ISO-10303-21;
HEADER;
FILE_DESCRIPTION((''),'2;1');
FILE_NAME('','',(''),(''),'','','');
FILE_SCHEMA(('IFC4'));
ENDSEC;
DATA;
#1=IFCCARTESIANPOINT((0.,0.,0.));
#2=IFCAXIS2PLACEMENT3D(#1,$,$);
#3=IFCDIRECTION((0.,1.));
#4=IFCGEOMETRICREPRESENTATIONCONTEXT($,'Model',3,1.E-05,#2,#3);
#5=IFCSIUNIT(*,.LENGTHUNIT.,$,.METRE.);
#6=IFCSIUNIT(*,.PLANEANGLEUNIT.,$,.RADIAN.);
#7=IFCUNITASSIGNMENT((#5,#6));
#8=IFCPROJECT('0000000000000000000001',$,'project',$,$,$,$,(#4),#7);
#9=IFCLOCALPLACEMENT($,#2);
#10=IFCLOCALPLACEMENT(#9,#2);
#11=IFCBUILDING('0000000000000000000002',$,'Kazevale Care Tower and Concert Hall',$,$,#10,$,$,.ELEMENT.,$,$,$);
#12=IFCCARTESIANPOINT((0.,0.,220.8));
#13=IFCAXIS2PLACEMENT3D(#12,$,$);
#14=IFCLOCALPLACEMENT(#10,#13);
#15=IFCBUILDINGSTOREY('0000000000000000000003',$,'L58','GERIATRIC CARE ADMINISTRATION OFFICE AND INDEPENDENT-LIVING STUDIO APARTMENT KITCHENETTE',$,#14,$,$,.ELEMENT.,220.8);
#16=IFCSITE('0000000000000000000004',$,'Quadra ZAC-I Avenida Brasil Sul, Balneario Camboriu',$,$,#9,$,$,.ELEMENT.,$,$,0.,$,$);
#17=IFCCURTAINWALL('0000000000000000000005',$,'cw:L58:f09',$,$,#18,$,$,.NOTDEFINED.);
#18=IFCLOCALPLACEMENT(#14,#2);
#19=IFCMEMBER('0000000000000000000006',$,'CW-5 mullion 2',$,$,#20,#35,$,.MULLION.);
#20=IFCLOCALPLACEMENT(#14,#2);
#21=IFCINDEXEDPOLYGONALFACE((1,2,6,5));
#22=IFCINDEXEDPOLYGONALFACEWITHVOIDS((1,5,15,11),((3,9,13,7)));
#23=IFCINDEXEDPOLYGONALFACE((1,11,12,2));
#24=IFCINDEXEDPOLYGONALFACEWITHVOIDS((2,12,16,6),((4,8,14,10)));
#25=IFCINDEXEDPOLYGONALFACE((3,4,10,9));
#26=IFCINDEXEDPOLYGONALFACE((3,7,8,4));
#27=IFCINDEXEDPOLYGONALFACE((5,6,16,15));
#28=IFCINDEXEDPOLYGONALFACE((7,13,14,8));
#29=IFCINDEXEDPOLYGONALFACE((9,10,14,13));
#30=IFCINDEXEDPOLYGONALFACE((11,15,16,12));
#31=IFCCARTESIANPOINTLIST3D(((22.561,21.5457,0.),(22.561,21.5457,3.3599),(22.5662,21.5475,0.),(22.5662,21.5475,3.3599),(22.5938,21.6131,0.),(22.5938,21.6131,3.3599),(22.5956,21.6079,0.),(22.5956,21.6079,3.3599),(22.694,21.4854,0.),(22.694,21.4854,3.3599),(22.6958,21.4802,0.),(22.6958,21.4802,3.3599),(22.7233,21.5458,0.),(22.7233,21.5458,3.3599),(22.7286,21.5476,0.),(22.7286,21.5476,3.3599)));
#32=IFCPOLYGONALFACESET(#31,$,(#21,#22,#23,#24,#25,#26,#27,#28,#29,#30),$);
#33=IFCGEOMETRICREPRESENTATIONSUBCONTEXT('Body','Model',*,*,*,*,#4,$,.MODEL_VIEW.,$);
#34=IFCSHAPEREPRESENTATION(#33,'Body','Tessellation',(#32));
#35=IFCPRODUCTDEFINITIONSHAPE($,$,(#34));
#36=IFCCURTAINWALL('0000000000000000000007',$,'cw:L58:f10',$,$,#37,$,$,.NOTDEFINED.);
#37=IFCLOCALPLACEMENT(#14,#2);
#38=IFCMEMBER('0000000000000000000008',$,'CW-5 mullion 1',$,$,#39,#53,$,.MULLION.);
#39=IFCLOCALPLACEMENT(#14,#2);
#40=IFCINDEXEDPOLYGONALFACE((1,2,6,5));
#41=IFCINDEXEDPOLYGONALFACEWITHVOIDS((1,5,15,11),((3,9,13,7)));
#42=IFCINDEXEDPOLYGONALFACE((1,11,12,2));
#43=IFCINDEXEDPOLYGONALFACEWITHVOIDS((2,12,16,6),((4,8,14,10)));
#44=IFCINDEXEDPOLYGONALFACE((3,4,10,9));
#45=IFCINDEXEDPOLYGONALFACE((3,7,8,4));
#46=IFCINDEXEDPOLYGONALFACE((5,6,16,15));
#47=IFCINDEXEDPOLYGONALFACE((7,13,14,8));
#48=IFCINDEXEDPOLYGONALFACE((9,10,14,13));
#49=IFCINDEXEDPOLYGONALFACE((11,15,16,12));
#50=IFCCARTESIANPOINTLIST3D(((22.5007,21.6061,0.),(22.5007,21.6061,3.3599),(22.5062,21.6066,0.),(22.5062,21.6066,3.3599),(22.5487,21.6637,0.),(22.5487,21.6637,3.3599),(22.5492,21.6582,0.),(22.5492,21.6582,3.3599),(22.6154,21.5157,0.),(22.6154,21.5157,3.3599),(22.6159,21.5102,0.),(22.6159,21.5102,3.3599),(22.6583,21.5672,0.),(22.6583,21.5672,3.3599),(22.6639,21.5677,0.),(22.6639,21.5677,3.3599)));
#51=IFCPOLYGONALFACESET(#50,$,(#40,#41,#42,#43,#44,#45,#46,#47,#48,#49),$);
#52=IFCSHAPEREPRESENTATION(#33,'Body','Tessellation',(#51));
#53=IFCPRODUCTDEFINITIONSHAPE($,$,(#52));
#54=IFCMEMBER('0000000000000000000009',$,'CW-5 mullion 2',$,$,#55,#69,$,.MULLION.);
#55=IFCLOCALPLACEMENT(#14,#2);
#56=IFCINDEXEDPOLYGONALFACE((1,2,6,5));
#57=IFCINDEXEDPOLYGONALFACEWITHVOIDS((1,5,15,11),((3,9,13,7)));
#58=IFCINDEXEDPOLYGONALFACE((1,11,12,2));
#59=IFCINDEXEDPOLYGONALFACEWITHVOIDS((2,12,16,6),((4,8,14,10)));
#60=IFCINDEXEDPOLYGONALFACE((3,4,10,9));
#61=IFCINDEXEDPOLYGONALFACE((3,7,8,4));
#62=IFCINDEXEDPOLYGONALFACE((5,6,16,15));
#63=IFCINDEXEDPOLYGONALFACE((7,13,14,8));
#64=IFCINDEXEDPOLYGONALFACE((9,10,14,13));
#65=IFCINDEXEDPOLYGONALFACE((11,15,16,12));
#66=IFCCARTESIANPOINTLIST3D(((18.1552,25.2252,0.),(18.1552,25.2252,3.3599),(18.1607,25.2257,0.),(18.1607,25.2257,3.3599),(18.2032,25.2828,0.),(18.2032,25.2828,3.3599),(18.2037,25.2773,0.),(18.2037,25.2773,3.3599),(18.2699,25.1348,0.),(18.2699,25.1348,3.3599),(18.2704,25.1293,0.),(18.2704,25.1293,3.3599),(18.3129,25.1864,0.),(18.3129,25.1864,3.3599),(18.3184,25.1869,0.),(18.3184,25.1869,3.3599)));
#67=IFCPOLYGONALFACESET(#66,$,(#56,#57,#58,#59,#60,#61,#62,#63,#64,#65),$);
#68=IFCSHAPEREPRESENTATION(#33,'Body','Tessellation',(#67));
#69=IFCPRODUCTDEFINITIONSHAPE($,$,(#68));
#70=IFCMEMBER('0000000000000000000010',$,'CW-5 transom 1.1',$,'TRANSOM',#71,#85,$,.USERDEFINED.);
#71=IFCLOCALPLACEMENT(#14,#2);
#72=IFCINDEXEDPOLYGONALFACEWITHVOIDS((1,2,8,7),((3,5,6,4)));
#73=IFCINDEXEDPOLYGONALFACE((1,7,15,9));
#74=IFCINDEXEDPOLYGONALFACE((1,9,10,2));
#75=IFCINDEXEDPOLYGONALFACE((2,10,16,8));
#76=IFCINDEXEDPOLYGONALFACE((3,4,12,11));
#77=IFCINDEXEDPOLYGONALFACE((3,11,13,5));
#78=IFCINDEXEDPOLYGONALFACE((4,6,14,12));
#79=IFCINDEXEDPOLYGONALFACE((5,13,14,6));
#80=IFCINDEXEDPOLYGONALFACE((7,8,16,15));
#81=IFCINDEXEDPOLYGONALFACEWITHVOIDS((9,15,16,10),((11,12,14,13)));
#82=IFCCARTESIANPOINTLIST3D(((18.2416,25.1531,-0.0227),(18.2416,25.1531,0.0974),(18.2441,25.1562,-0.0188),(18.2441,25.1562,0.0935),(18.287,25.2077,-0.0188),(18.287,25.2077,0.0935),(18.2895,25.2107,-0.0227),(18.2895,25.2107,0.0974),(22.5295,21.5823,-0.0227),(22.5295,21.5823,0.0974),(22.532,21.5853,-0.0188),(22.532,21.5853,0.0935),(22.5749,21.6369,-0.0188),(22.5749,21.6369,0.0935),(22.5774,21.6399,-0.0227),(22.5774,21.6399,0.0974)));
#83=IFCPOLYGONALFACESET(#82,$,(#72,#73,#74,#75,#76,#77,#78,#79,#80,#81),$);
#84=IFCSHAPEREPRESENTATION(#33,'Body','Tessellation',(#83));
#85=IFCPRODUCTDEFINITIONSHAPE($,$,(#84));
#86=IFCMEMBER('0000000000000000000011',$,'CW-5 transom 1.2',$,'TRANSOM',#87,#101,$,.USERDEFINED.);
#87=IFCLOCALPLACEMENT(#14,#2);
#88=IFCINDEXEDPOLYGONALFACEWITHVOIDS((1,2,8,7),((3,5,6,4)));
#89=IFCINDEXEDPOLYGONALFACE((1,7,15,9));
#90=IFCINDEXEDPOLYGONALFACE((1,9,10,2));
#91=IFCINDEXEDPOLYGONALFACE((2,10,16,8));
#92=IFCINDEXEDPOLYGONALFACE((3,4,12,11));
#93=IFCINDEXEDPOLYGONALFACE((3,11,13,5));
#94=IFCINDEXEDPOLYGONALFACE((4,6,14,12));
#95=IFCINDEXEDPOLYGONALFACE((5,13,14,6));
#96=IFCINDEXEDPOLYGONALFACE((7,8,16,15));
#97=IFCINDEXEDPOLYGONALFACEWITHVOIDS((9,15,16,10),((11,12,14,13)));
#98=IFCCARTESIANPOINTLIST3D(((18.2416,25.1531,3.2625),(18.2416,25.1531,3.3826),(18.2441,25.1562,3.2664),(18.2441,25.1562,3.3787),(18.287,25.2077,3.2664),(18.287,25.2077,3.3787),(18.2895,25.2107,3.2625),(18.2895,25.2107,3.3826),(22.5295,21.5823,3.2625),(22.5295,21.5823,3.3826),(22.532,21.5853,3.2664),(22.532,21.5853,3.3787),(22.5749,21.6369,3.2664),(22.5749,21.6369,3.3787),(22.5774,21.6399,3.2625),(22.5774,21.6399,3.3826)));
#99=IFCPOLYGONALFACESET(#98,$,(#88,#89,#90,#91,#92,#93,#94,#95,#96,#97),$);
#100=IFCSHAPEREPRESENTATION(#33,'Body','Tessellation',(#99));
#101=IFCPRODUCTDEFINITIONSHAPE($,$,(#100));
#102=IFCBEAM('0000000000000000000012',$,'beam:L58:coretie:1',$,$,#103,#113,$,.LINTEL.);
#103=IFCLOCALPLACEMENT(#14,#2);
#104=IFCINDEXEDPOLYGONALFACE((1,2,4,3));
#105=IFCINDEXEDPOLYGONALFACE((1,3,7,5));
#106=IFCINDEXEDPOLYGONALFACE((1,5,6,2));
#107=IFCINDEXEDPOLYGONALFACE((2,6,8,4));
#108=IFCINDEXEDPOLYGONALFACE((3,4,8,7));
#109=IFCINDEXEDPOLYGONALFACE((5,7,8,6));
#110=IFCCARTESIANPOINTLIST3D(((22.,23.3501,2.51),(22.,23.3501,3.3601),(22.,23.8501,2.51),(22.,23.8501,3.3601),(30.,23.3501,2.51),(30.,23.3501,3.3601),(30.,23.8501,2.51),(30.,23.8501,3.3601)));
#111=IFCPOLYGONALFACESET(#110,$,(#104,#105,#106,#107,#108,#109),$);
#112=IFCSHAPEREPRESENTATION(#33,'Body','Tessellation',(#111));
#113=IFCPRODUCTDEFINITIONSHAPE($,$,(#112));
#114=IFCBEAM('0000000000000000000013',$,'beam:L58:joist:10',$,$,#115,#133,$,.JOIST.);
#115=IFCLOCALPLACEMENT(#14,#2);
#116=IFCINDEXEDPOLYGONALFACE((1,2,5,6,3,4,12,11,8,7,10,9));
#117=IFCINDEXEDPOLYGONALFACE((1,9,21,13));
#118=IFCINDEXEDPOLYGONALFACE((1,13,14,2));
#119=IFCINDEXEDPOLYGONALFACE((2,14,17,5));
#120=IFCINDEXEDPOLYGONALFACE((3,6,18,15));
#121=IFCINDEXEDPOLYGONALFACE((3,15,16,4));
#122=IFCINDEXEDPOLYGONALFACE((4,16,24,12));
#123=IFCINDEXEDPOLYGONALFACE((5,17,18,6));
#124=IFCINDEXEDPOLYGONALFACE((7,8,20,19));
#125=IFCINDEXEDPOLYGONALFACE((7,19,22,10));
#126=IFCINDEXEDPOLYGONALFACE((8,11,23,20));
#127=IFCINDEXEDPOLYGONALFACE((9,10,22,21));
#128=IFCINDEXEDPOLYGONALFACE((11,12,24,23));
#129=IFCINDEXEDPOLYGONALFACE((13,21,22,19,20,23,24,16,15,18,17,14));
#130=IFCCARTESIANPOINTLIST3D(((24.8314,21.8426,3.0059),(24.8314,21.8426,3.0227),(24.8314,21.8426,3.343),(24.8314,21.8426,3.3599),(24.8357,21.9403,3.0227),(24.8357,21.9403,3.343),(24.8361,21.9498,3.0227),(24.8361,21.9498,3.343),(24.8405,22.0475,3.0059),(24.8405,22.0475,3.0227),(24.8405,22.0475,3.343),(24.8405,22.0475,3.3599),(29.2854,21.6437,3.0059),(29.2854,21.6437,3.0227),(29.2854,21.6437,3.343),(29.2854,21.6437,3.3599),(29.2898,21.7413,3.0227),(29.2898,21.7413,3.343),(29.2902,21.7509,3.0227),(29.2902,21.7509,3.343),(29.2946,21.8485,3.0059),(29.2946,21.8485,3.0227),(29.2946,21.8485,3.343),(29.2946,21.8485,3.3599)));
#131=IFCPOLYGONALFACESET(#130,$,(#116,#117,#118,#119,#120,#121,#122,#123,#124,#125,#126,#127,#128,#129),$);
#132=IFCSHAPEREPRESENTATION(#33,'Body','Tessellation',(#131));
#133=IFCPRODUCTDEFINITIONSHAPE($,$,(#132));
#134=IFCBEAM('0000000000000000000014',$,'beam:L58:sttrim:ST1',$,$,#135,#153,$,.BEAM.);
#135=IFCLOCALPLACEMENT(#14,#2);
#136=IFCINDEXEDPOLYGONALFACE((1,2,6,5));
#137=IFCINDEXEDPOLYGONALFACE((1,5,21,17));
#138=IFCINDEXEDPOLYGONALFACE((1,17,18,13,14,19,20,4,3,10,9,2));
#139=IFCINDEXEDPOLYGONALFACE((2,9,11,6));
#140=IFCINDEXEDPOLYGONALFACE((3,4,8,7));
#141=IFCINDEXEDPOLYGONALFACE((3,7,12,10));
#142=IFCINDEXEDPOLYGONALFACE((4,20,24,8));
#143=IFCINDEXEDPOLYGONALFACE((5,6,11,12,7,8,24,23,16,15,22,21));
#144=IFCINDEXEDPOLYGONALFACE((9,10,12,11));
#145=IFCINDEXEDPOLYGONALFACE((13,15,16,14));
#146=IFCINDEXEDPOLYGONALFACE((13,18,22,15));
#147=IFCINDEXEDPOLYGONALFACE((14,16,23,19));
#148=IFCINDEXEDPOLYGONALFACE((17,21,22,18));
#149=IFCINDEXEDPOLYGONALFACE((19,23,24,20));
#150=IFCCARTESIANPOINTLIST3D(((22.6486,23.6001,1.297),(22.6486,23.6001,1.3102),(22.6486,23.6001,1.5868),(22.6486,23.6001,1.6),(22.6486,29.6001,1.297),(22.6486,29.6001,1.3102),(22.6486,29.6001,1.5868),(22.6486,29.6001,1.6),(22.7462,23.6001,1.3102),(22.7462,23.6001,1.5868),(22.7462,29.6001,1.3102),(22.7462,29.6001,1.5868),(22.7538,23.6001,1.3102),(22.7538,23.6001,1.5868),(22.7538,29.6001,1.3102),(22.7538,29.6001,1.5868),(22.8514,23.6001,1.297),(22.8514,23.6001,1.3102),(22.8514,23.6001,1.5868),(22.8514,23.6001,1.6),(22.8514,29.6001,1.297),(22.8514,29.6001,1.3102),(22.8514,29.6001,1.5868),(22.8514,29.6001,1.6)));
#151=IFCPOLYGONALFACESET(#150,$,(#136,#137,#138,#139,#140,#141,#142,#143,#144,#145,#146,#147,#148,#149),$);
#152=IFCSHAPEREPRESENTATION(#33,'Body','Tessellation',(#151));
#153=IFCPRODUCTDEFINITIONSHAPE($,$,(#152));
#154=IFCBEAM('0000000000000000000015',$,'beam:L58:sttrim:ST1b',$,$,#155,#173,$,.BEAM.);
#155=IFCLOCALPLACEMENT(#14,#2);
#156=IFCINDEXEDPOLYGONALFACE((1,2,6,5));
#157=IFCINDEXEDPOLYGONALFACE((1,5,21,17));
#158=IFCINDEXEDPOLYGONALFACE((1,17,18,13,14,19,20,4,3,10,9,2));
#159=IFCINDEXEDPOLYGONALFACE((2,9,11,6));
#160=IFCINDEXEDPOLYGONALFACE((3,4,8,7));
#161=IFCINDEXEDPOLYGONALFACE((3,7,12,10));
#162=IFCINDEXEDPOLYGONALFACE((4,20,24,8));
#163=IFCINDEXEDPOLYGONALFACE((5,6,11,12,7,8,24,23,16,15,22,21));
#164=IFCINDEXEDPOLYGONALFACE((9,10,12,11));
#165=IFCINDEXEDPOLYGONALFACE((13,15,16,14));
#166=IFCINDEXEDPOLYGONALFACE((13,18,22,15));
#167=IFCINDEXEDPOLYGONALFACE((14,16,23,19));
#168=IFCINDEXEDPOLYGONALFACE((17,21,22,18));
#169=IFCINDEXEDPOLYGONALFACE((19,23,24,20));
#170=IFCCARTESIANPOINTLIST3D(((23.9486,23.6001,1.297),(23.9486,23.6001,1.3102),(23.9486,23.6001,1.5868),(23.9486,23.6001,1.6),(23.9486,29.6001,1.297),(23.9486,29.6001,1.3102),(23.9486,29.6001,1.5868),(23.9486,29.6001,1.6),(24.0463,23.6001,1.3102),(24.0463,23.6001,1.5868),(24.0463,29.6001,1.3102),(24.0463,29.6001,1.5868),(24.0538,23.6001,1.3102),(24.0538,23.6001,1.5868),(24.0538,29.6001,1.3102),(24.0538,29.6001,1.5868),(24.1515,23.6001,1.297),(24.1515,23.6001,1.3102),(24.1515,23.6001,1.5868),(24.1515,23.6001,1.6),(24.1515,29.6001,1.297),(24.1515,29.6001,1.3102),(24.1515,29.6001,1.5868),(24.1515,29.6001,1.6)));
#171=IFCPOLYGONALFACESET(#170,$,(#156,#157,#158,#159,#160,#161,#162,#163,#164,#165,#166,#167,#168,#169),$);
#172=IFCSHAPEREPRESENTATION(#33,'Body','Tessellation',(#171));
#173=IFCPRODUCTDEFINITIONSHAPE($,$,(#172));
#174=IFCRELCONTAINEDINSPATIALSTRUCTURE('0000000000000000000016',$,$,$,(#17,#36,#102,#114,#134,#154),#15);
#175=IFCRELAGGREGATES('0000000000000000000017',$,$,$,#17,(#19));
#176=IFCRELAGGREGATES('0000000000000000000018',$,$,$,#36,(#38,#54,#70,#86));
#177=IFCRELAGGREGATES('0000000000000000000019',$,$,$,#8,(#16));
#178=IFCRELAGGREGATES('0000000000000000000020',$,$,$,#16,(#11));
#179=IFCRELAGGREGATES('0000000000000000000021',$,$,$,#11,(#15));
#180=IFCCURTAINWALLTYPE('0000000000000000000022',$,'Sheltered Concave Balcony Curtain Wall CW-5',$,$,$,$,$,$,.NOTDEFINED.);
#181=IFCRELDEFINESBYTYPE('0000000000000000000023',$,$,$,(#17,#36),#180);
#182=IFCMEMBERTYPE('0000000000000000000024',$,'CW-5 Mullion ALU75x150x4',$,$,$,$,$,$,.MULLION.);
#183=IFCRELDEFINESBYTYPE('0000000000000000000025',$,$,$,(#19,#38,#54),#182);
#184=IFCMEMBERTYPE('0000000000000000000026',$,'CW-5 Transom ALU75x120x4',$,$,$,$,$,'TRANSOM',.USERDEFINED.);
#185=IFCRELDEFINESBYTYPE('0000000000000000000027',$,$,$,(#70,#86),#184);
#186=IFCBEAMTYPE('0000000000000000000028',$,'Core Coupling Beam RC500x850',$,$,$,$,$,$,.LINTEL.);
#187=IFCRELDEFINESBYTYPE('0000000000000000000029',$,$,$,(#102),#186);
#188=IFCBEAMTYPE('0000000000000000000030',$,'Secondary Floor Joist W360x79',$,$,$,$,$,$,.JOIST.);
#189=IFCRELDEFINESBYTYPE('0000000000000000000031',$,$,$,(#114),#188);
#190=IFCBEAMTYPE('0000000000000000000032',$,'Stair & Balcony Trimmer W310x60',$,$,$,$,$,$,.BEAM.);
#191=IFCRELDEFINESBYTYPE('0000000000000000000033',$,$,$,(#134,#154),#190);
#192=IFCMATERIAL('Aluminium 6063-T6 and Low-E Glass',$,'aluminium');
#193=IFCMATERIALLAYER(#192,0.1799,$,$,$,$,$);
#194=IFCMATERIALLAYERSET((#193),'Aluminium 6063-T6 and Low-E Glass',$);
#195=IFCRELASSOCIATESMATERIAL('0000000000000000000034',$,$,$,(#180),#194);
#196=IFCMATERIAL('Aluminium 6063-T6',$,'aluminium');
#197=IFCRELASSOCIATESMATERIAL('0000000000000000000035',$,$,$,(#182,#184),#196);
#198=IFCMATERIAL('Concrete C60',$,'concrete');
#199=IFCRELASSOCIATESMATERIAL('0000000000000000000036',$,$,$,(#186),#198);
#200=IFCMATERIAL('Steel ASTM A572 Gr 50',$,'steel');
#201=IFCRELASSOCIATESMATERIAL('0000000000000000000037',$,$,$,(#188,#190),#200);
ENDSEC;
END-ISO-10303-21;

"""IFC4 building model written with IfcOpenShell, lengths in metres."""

from ifc_helpers import new_model, si_unit, direction, frame, origin, origin_2d, place, context, subcontext, project, spatial, rectangle, hollow_rectangle, i_section, extrude, material, layer, layer_set, material_profile, profile_set, type_object, element, aggregate, save


model = new_model("IFC4")

# Units and contexts
model_context = context("Model", 3, precision=1e-05, world=origin(), true_north=direction((0.0, 1.0)))
body_context = subcontext(model_context, "Body", "Model", "MODEL_VIEW")
ifc_project = project(units=[si_unit("LENGTHUNIT", "METRE"), si_unit("PLANEANGLEUNIT", "RADIAN")], contexts=[model_context])

# Site, building, storey
site_placement = place(None, origin())
site = spatial("IfcSite", under=ifc_project, at=site_placement, Name="Quadra ZAC-I Avenida Brasil Sul, Balneario Camboriu", CompositionType="ELEMENT", RefElevation=0.0)
building_placement = place(site_placement, origin())
building = spatial("IfcBuilding", under=site, at=building_placement, Name="Kazevale Care Tower and Concert Hall", CompositionType="ELEMENT")
storey_placement = place(building_placement, frame((0.0, 0.0, 220.8)))
storey = spatial("IfcBuildingStorey", under=building, at=storey_placement, Name="L58", Description="GERIATRIC CARE ADMINISTRATION OFFICE AND INDEPENDENT-LIVING STUDIO APARTMENT KITCHENETTE", CompositionType="ELEMENT", Elevation=220.8)

# Shared definitions
ifc_material_1 = material(Name="Aluminium 6063-T6 and Low-E Glass", Category="aluminium")
ifc_material_2 = material(Name="Aluminium 6063-T6", Category="aluminium")

# Curtain wall, member
ifc_layer_1 = layer(ifc_material_1, 0.1799)
ifc_layer_set_1 = layer_set([ifc_layer_1], Name="Aluminium 6063-T6 and Low-E Glass")
curtain_wall_type_1 = type_object("IfcCurtainWallType", Name="Sheltered Concave Balcony Curtain Wall CW-5", PredefinedType="NOTDEFINED", material=ifc_layer_set_1)
curtain_wall_1_placement = place(storey_placement, origin())
curtain_wall_1 = element("IfcCurtainWall", 1, at=curtain_wall_1_placement, inside=storey, type_object=curtain_wall_type_1, Name="cw:L58:f09", PredefinedType="NOTDEFINED")
ifc_material_profile_1 = material_profile(ifc_material_2, hollow_rectangle(XDim=0.075, YDim=0.1499, WallThickness=0.0039, at=origin_2d()), Name="ALU75x150x4")
ifc_profile_set_1 = profile_set([ifc_material_profile_1], Name="Aluminium 6063-T6")
member_type_1 = type_object("IfcMemberType", Name="CW-5 Mullion ALU75x150x4", PredefinedType="MULLION", material=ifc_profile_set_1)
member_1_placement = place(storey_placement, frame((22.6448, 21.5466, 0.0), z_axis=(0.0, 0.0, 1.0), x_axis=(-0.437238, -0.899346, 0.0)))
member_1 = element("IfcMember", 2, at=member_1_placement, type_object=member_type_1, Name="CW-5 mullion 2", PredefinedType="MULLION", context=body_context, shape_type="SweptSolid", body=[
    extrude(hollow_rectangle(XDim=0.075, YDim=0.1499, WallThickness=0.0039, at=origin_2d()), origin(), (0.0, 0.0, 1.0), 3.3599),
])
aggregate(curtain_wall_1, [member_1])

# Curtain wall, members
curtain_wall_2_placement = place(storey_placement, origin())
curtain_wall_2 = element("IfcCurtainWall", 3, at=curtain_wall_2_placement, inside=storey, type_object=curtain_wall_type_1, Name="cw:L58:f10", PredefinedType="NOTDEFINED")
member_2_placement = place(storey_placement, frame((22.5823, 21.5869, 0.0), z_axis=(0.0, 0.0, 1.0), x_axis=(-0.639961, -0.768407, 0.0)))
member_2 = element("IfcMember", 4, at=member_2_placement, type_object=member_type_1, Name="CW-5 mullion 1", PredefinedType="MULLION", context=body_context, shape_type="SweptSolid", body=[
    extrude(hollow_rectangle(XDim=0.075, YDim=0.1499, WallThickness=0.0039, at=origin_2d()), origin(), (0.0, 0.0, 1.0), 3.3599),
])
member_3_placement = place(storey_placement, frame((18.2368, 25.2061, 0.0), z_axis=(0.0, 0.0, 1.0), x_axis=(-0.639961, -0.768407, 0.0)))
member_3 = element("IfcMember", 5, at=member_3_placement, type_object=member_type_1, Name="CW-5 mullion 2", PredefinedType="MULLION", context=body_context, shape_type="SweptSolid", body=[
    extrude(hollow_rectangle(XDim=0.075, YDim=0.1499, WallThickness=0.0039, at=origin_2d()), origin(), (0.0, 0.0, 1.0), 3.3599),
])
ifc_material_profile_2 = material_profile(ifc_material_2, hollow_rectangle(XDim=0.075, YDim=0.1201, WallThickness=0.0039, at=origin_2d()), Name="ALU75x120x4")
ifc_profile_set_2 = profile_set([ifc_material_profile_2], Name="Aluminium 6063-T6")
member_type_2 = type_object("IfcMemberType", Name="CW-5 Transom ALU75x120x4", ElementType="TRANSOM", PredefinedType="USERDEFINED", material=ifc_profile_set_2)
member_4_placement = place(storey_placement, frame((22.5535, 21.6111, 0.0374), z_axis=(-0.768433, 0.63993, 0.0), x_axis=(-0.63993, -0.768433, 0.0)))
member_4 = element("IfcMember", 6, at=member_4_placement, type_object=member_type_2, Name="CW-5 transom 1.1", ObjectType="TRANSOM", PredefinedType="USERDEFINED", context=body_context, shape_type="SweptSolid", body=[
    extrude(hollow_rectangle(XDim=0.075, YDim=0.1201, WallThickness=0.0039, at=origin_2d()), origin(), (0.0, 0.0, 1.0), 5.5801),
])
member_5_placement = place(storey_placement, frame((22.5535, 21.6111, 3.3225), z_axis=(-0.768433, 0.63993, 0.0), x_axis=(-0.63993, -0.768433, 0.0)))
member_5 = element("IfcMember", 7, at=member_5_placement, type_object=member_type_2, Name="CW-5 transom 1.2", ObjectType="TRANSOM", PredefinedType="USERDEFINED", context=body_context, shape_type="SweptSolid", body=[
    extrude(hollow_rectangle(XDim=0.075, YDim=0.1201, WallThickness=0.0039, at=origin_2d()), origin(), (0.0, 0.0, 1.0), 5.5801),
])

# Beams
ifc_material_3 = material(Name="Concrete C60", Category="concrete")
ifc_material_profile_3 = material_profile(ifc_material_3, rectangle(XDim=0.5, YDim=0.8501, at=origin_2d()), Name="RC-B500x850")
ifc_profile_set_3 = profile_set([ifc_material_profile_3], Name="Concrete C60")
beam_type_1 = type_object("IfcBeamType", Name="Core Coupling Beam RC500x850", PredefinedType="LINTEL", material=ifc_profile_set_3)
beam_1_placement = place(storey_placement, frame((22.0, 23.6001, 2.9351), z_axis=(1.0, 0.0, 0.0), x_axis=(0.0, 1.0, 0.0)))
element("IfcBeam", 8, at=beam_1_placement, inside=storey, type_object=beam_type_1, Name="beam:L58:coretie:1", PredefinedType="LINTEL", context=body_context, shape_type="SweptSolid", body=[
    extrude(rectangle(XDim=0.5, YDim=0.8501, at=origin_2d()), origin(), (0.0, 0.0, 1.0), 8.0),
])
ifc_material_4 = material(Name="Steel ASTM A572 Gr 50", Category="steel")
ifc_material_profile_4 = material_profile(ifc_material_4, i_section(OverallWidth=0.2051, OverallDepth=0.354, WebThickness=0.0095, FlangeThickness=0.0168, at=origin_2d()), Name="W360x79")
ifc_profile_set_4 = profile_set([ifc_material_profile_4], Name="Steel ASTM A572 Gr 50")
beam_type_2 = type_object("IfcBeamType", Name="Secondary Floor Joist W360x79", PredefinedType="JOIST", material=ifc_profile_set_4)
beam_2_placement = place(storey_placement, frame((24.8359, 21.9451, 3.1829), z_axis=(0.999004, -0.044628, 0.0), x_axis=(0.044628, 0.999004, 0.0)))
element("IfcBeam", 9, at=beam_2_placement, inside=storey, type_object=beam_type_2, Name="beam:L58:joist:10", PredefinedType="JOIST", context=body_context, shape_type="SweptSolid", body=[
    extrude(i_section(OverallWidth=0.2051, OverallDepth=0.354, WebThickness=0.0095, FlangeThickness=0.0168, at=origin_2d()), origin(), (0.0, 0.0, 1.0), 4.4585),
])
ifc_material_profile_5 = material_profile(ifc_material_4, i_section(OverallWidth=0.2029, OverallDepth=0.303, WebThickness=0.0076, FlangeThickness=0.0132, at=origin_2d()), Name="W310x60")
ifc_profile_set_5 = profile_set([ifc_material_profile_5], Name="Steel ASTM A572 Gr 50")
beam_type_3 = type_object("IfcBeamType", Name="Stair & Balcony Trimmer W310x60", PredefinedType="BEAM", material=ifc_profile_set_5)
for number, where, z_axis, x_axis, name in (
    (10, (22.75, 23.6001, 1.4485), (0.0, 1.0, 0.0), (-1.0, 0.0, 0.0), "beam:L58:sttrim:ST1"),
    (11, (24.05, 23.6001, 1.4485), (0.0, 1.0, 0.0), (-1.0, 0.0, 0.0), "beam:L58:sttrim:ST1b"),
):
    element("IfcBeam", number, at=place(storey_placement, frame(where, z_axis=z_axis, x_axis=x_axis)), inside=storey, type_object=beam_type_3, Name=name, PredefinedType="BEAM", context=body_context, shape_type="SweptSolid", body=[
        extrude(i_section(OverallWidth=0.2029, OverallDepth=0.303, WebThickness=0.0076, FlangeThickness=0.0132, at=origin_2d()), origin(), (0.0, 0.0, 1.0), 6.0),
    ])

aggregate(curtain_wall_2, [member_2, member_3, member_4, member_5])

save(model, "model.ifc")
